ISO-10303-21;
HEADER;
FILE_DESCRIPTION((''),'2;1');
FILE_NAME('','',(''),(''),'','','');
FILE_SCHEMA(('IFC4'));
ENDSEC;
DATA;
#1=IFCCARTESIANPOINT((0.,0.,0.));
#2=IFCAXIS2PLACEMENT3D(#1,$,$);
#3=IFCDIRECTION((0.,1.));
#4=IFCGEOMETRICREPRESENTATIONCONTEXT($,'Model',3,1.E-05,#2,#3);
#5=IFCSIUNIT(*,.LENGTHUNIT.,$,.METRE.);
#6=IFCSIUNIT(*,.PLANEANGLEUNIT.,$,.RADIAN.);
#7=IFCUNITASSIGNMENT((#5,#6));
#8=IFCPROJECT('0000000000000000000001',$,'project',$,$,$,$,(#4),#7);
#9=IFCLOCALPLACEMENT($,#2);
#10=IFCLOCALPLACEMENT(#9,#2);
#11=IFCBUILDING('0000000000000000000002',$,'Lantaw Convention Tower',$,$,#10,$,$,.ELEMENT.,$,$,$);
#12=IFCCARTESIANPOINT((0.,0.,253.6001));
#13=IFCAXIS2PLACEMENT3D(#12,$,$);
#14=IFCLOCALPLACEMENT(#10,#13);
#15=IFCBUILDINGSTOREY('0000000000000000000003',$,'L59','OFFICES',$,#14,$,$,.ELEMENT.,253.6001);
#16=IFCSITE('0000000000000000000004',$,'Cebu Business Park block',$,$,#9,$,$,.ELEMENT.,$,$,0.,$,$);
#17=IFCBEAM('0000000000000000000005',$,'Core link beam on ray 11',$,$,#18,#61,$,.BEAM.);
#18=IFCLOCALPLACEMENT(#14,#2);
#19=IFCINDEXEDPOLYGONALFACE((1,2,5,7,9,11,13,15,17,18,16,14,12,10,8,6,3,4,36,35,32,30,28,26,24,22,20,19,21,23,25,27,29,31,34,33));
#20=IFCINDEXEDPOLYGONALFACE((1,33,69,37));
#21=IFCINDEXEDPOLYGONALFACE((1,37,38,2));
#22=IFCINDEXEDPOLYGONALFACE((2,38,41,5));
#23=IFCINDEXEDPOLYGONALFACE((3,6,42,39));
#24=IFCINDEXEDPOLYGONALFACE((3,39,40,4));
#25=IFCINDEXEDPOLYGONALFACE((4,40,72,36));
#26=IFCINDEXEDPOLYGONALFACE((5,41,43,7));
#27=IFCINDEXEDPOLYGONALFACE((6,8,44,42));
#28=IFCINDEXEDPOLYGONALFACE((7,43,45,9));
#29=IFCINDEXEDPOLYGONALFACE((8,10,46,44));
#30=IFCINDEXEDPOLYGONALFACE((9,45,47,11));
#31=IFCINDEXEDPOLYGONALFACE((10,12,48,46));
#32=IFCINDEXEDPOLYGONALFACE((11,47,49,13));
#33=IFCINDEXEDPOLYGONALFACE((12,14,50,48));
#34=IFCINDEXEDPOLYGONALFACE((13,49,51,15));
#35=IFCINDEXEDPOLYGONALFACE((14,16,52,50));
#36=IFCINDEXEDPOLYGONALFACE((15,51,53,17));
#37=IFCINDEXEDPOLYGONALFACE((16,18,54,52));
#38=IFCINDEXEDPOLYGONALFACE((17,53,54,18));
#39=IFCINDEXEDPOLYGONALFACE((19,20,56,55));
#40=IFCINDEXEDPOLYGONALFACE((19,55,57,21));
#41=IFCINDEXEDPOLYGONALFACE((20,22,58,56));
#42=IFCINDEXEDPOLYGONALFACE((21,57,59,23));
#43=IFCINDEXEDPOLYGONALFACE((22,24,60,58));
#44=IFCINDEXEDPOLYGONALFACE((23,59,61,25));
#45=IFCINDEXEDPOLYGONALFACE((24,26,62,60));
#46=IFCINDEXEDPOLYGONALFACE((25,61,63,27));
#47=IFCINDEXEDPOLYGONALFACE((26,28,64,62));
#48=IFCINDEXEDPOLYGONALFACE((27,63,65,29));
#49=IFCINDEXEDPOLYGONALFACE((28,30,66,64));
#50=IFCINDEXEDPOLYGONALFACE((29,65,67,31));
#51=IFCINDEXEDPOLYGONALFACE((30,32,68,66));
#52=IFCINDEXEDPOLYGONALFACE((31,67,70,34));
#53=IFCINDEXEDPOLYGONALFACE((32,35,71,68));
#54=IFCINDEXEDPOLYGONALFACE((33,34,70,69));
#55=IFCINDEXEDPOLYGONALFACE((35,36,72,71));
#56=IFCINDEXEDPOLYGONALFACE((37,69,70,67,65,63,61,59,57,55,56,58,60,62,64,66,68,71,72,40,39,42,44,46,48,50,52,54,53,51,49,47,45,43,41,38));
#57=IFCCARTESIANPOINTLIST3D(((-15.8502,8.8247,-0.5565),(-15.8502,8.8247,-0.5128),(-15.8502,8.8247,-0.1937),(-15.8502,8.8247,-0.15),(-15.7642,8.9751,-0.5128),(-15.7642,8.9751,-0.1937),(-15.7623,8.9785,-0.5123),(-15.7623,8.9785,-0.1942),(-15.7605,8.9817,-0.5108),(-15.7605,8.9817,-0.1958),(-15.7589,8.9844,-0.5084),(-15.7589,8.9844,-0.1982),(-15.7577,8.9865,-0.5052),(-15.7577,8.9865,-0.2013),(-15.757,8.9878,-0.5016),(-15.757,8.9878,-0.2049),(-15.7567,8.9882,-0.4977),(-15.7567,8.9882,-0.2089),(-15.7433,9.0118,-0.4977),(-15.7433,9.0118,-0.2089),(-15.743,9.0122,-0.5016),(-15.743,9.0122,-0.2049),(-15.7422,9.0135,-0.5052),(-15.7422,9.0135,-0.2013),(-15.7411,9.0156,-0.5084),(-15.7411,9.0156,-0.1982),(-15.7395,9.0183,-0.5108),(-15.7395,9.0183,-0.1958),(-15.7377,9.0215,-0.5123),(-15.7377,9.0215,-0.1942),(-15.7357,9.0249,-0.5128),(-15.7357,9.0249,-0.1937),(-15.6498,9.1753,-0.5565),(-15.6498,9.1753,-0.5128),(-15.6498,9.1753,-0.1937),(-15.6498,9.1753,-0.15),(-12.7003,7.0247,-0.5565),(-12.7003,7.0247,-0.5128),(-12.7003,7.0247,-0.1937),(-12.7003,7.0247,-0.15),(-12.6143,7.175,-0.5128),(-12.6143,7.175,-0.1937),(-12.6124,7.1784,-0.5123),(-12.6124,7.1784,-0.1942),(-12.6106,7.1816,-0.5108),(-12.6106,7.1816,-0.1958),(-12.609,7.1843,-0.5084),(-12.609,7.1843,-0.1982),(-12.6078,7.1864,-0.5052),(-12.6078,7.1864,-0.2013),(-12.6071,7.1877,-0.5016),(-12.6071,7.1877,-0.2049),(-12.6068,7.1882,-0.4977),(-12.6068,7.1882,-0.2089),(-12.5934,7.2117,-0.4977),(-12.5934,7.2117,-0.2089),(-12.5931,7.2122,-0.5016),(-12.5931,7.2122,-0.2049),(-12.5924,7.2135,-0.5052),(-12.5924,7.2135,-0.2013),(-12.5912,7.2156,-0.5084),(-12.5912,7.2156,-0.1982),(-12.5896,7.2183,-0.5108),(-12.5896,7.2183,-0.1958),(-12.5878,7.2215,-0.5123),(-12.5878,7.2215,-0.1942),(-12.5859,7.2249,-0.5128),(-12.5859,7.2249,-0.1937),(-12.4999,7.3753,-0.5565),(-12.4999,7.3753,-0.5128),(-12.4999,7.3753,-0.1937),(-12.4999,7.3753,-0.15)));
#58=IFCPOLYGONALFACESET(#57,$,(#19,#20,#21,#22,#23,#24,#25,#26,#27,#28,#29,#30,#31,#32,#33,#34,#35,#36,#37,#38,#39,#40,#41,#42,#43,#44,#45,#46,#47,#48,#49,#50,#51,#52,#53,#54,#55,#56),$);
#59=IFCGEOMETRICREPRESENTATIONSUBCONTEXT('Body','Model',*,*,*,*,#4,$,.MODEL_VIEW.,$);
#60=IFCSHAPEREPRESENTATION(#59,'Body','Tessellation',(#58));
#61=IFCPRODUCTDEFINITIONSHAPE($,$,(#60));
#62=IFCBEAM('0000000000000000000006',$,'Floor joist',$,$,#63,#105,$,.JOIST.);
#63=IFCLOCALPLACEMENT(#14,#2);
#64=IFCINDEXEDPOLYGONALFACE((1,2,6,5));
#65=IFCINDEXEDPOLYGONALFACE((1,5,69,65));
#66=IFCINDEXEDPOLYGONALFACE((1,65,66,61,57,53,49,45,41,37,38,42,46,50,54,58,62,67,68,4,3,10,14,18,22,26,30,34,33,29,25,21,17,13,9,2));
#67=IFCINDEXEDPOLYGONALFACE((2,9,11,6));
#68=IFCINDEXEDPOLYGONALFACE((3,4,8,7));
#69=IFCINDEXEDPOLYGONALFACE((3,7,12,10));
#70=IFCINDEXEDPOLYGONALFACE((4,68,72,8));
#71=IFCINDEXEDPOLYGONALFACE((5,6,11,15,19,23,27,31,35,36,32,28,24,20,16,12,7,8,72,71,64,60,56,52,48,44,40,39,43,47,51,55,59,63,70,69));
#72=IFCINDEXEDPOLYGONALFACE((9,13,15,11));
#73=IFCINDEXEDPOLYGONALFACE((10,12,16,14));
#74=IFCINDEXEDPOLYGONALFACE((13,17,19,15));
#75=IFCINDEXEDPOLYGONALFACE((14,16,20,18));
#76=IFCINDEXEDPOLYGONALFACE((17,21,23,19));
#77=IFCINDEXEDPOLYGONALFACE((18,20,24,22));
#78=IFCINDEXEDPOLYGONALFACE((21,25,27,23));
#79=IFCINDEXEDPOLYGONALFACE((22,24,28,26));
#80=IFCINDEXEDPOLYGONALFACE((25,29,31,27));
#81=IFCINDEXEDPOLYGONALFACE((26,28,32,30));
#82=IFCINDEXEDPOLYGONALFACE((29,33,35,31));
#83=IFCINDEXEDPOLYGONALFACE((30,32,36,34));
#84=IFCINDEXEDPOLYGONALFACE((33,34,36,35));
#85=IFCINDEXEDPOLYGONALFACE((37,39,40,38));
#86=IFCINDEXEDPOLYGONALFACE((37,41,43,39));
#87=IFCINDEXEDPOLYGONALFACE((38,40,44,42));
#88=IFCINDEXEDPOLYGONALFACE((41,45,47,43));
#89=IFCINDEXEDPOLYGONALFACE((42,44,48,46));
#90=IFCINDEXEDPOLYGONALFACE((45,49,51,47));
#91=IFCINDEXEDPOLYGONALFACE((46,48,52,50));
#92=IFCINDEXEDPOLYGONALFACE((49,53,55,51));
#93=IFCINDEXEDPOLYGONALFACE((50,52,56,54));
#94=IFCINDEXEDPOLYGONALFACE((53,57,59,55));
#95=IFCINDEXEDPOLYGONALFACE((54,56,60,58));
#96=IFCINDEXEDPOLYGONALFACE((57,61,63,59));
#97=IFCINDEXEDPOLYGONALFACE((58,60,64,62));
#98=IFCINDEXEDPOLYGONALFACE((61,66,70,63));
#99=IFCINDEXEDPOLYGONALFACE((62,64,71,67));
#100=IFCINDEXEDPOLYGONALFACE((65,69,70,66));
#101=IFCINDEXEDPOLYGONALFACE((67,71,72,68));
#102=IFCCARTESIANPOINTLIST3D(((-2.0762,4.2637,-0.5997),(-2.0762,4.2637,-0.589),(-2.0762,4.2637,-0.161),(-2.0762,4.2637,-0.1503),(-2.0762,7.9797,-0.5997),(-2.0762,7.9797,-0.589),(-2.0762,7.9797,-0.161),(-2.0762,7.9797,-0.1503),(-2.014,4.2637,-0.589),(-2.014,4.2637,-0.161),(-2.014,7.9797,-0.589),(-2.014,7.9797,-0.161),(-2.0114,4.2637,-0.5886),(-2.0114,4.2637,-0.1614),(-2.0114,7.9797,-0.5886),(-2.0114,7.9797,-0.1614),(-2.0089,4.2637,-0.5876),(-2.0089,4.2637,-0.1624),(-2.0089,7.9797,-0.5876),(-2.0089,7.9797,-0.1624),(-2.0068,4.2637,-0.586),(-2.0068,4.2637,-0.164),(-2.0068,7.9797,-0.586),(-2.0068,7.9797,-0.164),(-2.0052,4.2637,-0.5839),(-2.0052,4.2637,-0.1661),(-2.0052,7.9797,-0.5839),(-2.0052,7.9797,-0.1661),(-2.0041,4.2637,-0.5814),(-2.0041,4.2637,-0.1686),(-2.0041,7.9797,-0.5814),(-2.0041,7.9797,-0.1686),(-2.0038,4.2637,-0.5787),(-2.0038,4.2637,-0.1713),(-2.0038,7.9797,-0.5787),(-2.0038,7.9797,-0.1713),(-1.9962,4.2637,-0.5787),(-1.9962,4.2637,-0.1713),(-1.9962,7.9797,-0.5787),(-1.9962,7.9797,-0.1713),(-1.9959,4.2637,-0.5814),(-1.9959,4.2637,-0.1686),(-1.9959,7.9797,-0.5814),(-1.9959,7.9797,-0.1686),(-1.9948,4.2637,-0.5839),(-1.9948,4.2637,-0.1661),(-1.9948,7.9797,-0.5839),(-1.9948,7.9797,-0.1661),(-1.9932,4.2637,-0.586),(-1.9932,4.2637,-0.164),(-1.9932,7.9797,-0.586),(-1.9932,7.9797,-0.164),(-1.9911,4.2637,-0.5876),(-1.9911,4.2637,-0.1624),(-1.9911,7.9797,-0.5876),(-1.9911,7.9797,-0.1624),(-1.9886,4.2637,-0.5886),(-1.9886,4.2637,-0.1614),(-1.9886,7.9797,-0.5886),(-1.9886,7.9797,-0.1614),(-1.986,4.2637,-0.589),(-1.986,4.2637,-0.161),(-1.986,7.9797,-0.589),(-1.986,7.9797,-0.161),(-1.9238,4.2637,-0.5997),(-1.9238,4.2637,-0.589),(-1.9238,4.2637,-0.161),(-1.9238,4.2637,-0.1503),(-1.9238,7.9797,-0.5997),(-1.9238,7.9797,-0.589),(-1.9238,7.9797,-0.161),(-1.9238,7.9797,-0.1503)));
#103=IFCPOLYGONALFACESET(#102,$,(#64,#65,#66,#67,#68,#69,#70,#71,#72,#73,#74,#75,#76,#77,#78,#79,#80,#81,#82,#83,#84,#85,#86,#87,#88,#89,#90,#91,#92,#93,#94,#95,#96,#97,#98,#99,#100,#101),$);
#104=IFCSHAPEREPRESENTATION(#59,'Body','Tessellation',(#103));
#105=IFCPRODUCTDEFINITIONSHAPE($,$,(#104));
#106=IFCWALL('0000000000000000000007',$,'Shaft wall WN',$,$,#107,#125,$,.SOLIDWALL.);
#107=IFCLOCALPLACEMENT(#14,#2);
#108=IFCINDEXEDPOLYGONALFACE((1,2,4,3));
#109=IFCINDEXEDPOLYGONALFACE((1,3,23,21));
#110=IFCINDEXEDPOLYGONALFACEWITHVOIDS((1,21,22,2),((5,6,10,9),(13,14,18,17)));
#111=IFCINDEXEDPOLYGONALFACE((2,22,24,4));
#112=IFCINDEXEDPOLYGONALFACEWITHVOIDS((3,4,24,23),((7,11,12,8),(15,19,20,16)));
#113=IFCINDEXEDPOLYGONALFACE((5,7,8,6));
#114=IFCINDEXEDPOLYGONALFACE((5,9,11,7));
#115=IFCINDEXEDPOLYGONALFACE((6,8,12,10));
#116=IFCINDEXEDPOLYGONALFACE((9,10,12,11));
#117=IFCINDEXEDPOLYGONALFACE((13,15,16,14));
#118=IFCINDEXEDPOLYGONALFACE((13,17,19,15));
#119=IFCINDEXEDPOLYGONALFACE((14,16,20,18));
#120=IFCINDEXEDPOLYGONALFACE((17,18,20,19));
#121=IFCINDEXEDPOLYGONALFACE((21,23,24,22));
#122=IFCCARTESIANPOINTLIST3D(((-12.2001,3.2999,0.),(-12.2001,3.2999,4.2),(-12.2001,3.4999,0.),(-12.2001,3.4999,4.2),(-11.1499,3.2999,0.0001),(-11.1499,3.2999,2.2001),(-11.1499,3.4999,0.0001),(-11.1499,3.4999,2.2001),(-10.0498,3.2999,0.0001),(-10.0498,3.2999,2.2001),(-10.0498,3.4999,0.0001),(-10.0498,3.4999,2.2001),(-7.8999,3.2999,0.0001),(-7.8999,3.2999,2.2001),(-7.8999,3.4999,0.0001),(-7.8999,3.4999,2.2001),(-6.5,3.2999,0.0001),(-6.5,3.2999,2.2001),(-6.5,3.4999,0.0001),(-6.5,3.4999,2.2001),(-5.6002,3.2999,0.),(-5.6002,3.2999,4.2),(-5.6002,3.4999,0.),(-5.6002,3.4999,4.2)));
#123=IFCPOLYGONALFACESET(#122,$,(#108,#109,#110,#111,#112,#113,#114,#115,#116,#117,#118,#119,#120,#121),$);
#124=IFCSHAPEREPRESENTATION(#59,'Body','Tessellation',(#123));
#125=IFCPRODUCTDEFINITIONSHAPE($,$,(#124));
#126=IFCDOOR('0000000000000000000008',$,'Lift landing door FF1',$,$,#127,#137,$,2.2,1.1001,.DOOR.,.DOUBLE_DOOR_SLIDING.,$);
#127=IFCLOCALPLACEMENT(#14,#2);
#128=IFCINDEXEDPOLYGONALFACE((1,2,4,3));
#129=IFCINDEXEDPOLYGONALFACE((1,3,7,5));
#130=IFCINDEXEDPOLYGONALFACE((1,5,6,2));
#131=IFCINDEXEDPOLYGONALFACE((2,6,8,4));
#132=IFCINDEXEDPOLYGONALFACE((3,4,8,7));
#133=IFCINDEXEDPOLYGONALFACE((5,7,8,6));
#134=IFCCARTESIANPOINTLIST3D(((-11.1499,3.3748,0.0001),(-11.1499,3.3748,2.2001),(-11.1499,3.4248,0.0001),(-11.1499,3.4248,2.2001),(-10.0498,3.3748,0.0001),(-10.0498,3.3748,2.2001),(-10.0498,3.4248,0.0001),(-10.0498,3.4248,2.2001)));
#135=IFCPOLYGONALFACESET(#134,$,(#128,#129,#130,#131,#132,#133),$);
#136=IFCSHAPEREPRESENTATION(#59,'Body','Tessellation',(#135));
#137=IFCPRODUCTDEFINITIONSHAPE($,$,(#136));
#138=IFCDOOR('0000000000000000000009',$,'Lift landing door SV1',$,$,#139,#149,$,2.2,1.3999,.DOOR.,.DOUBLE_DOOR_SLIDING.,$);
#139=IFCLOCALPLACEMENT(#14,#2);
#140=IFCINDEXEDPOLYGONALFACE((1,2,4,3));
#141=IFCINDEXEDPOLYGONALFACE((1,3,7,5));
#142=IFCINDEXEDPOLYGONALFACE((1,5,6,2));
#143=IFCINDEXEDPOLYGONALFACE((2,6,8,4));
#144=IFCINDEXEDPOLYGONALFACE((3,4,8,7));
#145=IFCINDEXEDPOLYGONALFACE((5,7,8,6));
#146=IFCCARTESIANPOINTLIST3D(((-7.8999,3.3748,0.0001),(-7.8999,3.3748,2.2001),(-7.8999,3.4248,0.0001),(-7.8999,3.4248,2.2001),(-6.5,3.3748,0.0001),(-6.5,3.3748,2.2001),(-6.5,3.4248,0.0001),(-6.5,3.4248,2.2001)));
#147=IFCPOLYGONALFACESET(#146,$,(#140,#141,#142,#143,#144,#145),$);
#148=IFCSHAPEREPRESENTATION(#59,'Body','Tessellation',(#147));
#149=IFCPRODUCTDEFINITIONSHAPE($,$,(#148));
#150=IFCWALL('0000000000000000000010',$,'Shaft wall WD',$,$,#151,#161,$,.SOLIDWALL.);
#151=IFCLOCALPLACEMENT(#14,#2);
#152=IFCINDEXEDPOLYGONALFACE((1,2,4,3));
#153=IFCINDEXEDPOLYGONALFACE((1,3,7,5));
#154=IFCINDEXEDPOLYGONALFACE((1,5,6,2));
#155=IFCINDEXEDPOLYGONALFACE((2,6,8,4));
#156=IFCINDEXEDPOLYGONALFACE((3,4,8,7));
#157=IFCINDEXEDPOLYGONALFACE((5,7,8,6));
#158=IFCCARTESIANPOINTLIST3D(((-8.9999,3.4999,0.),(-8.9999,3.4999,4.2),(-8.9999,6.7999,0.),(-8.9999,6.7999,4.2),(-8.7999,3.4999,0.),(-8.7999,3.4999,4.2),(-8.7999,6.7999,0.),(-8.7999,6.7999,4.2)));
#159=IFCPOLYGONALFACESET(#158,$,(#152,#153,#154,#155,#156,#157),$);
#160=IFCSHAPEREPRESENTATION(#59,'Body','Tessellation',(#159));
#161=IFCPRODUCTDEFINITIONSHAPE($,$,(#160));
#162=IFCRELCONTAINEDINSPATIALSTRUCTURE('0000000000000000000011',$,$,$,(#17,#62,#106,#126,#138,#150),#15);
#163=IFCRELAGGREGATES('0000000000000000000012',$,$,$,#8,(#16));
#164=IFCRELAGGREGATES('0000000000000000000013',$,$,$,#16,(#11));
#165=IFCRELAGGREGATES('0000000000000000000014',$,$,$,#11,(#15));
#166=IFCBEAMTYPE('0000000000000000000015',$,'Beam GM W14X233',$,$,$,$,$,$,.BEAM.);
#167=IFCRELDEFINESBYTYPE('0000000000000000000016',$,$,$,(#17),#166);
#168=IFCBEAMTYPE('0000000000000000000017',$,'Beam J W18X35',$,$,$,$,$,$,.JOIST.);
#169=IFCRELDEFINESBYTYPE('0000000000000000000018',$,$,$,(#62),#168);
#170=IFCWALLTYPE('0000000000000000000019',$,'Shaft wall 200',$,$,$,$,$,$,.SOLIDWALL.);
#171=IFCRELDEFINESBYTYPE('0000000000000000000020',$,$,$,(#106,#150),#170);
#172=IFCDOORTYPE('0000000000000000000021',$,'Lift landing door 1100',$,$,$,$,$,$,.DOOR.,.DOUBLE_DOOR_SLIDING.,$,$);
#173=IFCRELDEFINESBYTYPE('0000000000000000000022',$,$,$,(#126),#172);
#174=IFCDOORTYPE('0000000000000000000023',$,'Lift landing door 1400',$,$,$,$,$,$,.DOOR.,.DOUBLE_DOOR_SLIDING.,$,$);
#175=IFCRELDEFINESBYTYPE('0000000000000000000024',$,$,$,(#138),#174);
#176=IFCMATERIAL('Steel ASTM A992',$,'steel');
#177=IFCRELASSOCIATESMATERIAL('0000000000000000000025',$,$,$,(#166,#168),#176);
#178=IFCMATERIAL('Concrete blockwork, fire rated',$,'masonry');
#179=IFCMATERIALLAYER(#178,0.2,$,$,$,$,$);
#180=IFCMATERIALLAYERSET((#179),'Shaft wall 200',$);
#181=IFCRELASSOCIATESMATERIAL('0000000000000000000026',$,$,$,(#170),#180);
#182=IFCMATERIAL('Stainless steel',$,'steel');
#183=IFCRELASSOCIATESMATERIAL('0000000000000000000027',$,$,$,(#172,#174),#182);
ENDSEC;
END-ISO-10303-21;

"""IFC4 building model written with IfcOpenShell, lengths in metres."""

from ifc_helpers import new_model, si_unit, direction, frame, frame_2d, origin, origin_2d, place, context, subcontext, project, spatial, rectangle, i_section, extrude, material, layer, layer_set, material_profile, profile_set, type_object, element, fill, save


model = new_model("IFC4")

# Units and contexts
model_context = context("Model", 3, precision=1e-05, world=origin(), true_north=direction((0.0, 1.0)))
body_context = subcontext(model_context, "Body", "Model", "MODEL_VIEW")
ifc_project = project(units=[si_unit("LENGTHUNIT", "METRE"), si_unit("PLANEANGLEUNIT", "RADIAN")], contexts=[model_context])

# Site, building, storey
site_placement = place(None, origin())
site = spatial("IfcSite", under=ifc_project, at=site_placement, Name="Cebu Business Park block", CompositionType="ELEMENT", RefElevation=0.0)
building_placement = place(site_placement, origin())
building = spatial("IfcBuilding", under=site, at=building_placement, Name="Lantaw Convention Tower", CompositionType="ELEMENT")
storey_placement = place(building_placement, frame((0.0, 0.0, 253.6001)))
storey = spatial("IfcBuildingStorey", under=building, at=storey_placement, Name="L59", Description="OFFICES", CompositionType="ELEMENT", Elevation=253.6001)

# Beams
ifc_material_1 = material(Name="Steel ASTM A992", Category="steel")
ifc_material_profile_1 = material_profile(ifc_material_1, i_section(OverallWidth=0.4038, OverallDepth=0.4065, WebThickness=0.0271, FlangeThickness=0.0437, FilletRadius=0.0151, at=origin_2d()), Name="W14X233")
ifc_profile_set_1 = profile_set([ifc_material_profile_1], Name="Steel ASTM A992")
beam_type_1 = type_object("IfcBeamType", Name="Beam GM W14X233", PredefinedType="BEAM", material=ifc_profile_set_1)
beam_1_placement = place(storey_placement, frame((-12.6001, 7.2, -0.3533), z_axis=(-0.868231, 0.496161, 0.0), x_axis=(-0.496161, -0.868231, 0.0)))
element("IfcBeam", 1, at=beam_1_placement, inside=storey, type_object=beam_type_1, Name="Core link beam on ray 11", PredefinedType="BEAM", context=body_context, shape_type="SweptSolid", body=[
    extrude(i_section(OverallWidth=0.4038, OverallDepth=0.4065, WebThickness=0.0271, FlangeThickness=0.0437, FilletRadius=0.0151, at=origin_2d()), origin(), (0.0, 0.0, 1.0), 3.6279),
])
ifc_material_profile_2 = material_profile(ifc_material_1, i_section(OverallWidth=0.1523, OverallDepth=0.4495, WebThickness=0.0076, FlangeThickness=0.0107, FilletRadius=0.0103, at=origin_2d()), Name="W18X35")
ifc_profile_set_2 = profile_set([ifc_material_profile_2], Name="Steel ASTM A992")
beam_type_2 = type_object("IfcBeamType", Name="Beam J W18X35", PredefinedType="JOIST", material=ifc_profile_set_2)
beam_2_placement = place(storey_placement, frame((-2.0, 4.2637, -0.375), z_axis=(0.0, 1.0, 0.0), x_axis=(-1.0, 0.0, 0.0)))
element("IfcBeam", 2, at=beam_2_placement, inside=storey, type_object=beam_type_2, Name="Floor joist", PredefinedType="JOIST", context=body_context, shape_type="SweptSolid", body=[
    extrude(i_section(OverallWidth=0.1523, OverallDepth=0.4495, WebThickness=0.0076, FlangeThickness=0.0107, FilletRadius=0.0103, at=origin_2d()), origin(), (0.0, 0.0, 1.0), 3.7161),
])

# Wall, openings, doors
ifc_material_2 = material(Name="Concrete blockwork, fire rated", Category="masonry")
ifc_layer_1 = layer(ifc_material_2, 0.2)
ifc_layer_set_1 = layer_set([ifc_layer_1], Name="Shaft wall 200")
wall_type_1 = type_object("IfcWallType", Name="Shaft wall 200", PredefinedType="SOLIDWALL", material=ifc_layer_set_1)
wall_1_placement = place(storey_placement, frame((-12.2, 3.3999, 0.0), z_axis=(0.0, 0.0, 1.0), x_axis=(1.0, 0.0, 0.0)))
wall_1 = element("IfcWall", 3, at=wall_1_placement, inside=storey, type_object=wall_type_1, Name="Shaft wall WN", PredefinedType="SOLIDWALL", context=body_context, shape_type="SweptSolid", body=[
    extrude(rectangle(XDim=6.5999, YDim=0.2, at=frame_2d((3.2998, 0.0))), origin(), (0.0, 0.0, 1.0), 4.2),
])
opening_1_placement = place(wall_1_placement, frame((1.05, 0.0, 0.0)))
opening_1 = element("IfcOpeningElement", 4, at=opening_1_placement, cuts=wall_1, PredefinedType="OPENING", context=body_context, shape_type="SweptSolid", body=[
    extrude(rectangle(XDim=1.1001, YDim=2.2, at=frame_2d((0.55, 1.1001))), frame((0.0, 0.1099, 0.0), z_axis=(0.0, -1.0, 0.0), x_axis=(1.0, 0.0, 0.0)), (0.0, 0.0, 1.0), 0.22),
])
opening_2_placement = place(wall_1_placement, frame((4.3, 0.0, 0.0)))
opening_2 = element("IfcOpeningElement", 5, at=opening_2_placement, cuts=wall_1, PredefinedType="OPENING", context=body_context, shape_type="SweptSolid", body=[
    extrude(rectangle(XDim=1.3999, YDim=2.2, at=frame_2d((0.7, 1.1001))), frame((0.0, 0.1099, 0.0), z_axis=(0.0, -1.0, 0.0), x_axis=(1.0, 0.0, 0.0)), (0.0, 0.0, 1.0), 0.22),
])
ifc_material_3 = material(Name="Stainless steel", Category="steel")
door_type_1 = type_object("IfcDoorType", Name="Lift landing door 1100", OperationType="DOUBLE_DOOR_SLIDING", PredefinedType="DOOR", material=ifc_material_3)
door_1_placement = place(opening_1_placement, origin())
door_1 = element("IfcDoor", 6, at=door_1_placement, inside=storey, type_object=door_type_1, Name="Lift landing door FF1", OperationType="DOUBLE_DOOR_SLIDING", OverallHeight=2.2, OverallWidth=1.1001, PredefinedType="DOOR", context=body_context, shape_type="SweptSolid", body=[
    extrude(rectangle(XDim=1.1001, YDim=2.2, at=frame_2d((0.55, 1.1001))), frame((0.0, 0.0249, 0.0), z_axis=(0.0, -1.0, 0.0), x_axis=(1.0, 0.0, 0.0)), (0.0, 0.0, 1.0), 0.05),
])
fill(opening_1, door_1)
door_type_2 = type_object("IfcDoorType", Name="Lift landing door 1400", OperationType="DOUBLE_DOOR_SLIDING", PredefinedType="DOOR", material=ifc_material_3)
door_2_placement = place(opening_2_placement, origin())
door_2 = element("IfcDoor", 7, at=door_2_placement, inside=storey, type_object=door_type_2, Name="Lift landing door SV1", OperationType="DOUBLE_DOOR_SLIDING", OverallHeight=2.2, OverallWidth=1.3999, PredefinedType="DOOR", context=body_context, shape_type="SweptSolid", body=[
    extrude(rectangle(XDim=1.3999, YDim=2.2, at=frame_2d((0.7, 1.1001))), frame((0.0, 0.0249, 0.0), z_axis=(0.0, -1.0, 0.0), x_axis=(1.0, 0.0, 0.0)), (0.0, 0.0, 1.0), 0.05),
])
fill(opening_2, door_2)

# Wall
wall_2_placement = place(storey_placement, frame((-8.8999, 3.5, 0.0), z_axis=(0.0, 0.0, 1.0), x_axis=(0.0, 1.0, 0.0)))
element("IfcWall", 8, at=wall_2_placement, inside=storey, type_object=wall_type_1, Name="Shaft wall WD", PredefinedType="SOLIDWALL", context=body_context, shape_type="SweptSolid", body=[
    extrude(rectangle(XDim=3.3, YDim=0.2, at=frame_2d((1.6499, 0.0))), origin(), (0.0, 0.0, 1.0), 4.2),
])

save(model, "model.ifc")
